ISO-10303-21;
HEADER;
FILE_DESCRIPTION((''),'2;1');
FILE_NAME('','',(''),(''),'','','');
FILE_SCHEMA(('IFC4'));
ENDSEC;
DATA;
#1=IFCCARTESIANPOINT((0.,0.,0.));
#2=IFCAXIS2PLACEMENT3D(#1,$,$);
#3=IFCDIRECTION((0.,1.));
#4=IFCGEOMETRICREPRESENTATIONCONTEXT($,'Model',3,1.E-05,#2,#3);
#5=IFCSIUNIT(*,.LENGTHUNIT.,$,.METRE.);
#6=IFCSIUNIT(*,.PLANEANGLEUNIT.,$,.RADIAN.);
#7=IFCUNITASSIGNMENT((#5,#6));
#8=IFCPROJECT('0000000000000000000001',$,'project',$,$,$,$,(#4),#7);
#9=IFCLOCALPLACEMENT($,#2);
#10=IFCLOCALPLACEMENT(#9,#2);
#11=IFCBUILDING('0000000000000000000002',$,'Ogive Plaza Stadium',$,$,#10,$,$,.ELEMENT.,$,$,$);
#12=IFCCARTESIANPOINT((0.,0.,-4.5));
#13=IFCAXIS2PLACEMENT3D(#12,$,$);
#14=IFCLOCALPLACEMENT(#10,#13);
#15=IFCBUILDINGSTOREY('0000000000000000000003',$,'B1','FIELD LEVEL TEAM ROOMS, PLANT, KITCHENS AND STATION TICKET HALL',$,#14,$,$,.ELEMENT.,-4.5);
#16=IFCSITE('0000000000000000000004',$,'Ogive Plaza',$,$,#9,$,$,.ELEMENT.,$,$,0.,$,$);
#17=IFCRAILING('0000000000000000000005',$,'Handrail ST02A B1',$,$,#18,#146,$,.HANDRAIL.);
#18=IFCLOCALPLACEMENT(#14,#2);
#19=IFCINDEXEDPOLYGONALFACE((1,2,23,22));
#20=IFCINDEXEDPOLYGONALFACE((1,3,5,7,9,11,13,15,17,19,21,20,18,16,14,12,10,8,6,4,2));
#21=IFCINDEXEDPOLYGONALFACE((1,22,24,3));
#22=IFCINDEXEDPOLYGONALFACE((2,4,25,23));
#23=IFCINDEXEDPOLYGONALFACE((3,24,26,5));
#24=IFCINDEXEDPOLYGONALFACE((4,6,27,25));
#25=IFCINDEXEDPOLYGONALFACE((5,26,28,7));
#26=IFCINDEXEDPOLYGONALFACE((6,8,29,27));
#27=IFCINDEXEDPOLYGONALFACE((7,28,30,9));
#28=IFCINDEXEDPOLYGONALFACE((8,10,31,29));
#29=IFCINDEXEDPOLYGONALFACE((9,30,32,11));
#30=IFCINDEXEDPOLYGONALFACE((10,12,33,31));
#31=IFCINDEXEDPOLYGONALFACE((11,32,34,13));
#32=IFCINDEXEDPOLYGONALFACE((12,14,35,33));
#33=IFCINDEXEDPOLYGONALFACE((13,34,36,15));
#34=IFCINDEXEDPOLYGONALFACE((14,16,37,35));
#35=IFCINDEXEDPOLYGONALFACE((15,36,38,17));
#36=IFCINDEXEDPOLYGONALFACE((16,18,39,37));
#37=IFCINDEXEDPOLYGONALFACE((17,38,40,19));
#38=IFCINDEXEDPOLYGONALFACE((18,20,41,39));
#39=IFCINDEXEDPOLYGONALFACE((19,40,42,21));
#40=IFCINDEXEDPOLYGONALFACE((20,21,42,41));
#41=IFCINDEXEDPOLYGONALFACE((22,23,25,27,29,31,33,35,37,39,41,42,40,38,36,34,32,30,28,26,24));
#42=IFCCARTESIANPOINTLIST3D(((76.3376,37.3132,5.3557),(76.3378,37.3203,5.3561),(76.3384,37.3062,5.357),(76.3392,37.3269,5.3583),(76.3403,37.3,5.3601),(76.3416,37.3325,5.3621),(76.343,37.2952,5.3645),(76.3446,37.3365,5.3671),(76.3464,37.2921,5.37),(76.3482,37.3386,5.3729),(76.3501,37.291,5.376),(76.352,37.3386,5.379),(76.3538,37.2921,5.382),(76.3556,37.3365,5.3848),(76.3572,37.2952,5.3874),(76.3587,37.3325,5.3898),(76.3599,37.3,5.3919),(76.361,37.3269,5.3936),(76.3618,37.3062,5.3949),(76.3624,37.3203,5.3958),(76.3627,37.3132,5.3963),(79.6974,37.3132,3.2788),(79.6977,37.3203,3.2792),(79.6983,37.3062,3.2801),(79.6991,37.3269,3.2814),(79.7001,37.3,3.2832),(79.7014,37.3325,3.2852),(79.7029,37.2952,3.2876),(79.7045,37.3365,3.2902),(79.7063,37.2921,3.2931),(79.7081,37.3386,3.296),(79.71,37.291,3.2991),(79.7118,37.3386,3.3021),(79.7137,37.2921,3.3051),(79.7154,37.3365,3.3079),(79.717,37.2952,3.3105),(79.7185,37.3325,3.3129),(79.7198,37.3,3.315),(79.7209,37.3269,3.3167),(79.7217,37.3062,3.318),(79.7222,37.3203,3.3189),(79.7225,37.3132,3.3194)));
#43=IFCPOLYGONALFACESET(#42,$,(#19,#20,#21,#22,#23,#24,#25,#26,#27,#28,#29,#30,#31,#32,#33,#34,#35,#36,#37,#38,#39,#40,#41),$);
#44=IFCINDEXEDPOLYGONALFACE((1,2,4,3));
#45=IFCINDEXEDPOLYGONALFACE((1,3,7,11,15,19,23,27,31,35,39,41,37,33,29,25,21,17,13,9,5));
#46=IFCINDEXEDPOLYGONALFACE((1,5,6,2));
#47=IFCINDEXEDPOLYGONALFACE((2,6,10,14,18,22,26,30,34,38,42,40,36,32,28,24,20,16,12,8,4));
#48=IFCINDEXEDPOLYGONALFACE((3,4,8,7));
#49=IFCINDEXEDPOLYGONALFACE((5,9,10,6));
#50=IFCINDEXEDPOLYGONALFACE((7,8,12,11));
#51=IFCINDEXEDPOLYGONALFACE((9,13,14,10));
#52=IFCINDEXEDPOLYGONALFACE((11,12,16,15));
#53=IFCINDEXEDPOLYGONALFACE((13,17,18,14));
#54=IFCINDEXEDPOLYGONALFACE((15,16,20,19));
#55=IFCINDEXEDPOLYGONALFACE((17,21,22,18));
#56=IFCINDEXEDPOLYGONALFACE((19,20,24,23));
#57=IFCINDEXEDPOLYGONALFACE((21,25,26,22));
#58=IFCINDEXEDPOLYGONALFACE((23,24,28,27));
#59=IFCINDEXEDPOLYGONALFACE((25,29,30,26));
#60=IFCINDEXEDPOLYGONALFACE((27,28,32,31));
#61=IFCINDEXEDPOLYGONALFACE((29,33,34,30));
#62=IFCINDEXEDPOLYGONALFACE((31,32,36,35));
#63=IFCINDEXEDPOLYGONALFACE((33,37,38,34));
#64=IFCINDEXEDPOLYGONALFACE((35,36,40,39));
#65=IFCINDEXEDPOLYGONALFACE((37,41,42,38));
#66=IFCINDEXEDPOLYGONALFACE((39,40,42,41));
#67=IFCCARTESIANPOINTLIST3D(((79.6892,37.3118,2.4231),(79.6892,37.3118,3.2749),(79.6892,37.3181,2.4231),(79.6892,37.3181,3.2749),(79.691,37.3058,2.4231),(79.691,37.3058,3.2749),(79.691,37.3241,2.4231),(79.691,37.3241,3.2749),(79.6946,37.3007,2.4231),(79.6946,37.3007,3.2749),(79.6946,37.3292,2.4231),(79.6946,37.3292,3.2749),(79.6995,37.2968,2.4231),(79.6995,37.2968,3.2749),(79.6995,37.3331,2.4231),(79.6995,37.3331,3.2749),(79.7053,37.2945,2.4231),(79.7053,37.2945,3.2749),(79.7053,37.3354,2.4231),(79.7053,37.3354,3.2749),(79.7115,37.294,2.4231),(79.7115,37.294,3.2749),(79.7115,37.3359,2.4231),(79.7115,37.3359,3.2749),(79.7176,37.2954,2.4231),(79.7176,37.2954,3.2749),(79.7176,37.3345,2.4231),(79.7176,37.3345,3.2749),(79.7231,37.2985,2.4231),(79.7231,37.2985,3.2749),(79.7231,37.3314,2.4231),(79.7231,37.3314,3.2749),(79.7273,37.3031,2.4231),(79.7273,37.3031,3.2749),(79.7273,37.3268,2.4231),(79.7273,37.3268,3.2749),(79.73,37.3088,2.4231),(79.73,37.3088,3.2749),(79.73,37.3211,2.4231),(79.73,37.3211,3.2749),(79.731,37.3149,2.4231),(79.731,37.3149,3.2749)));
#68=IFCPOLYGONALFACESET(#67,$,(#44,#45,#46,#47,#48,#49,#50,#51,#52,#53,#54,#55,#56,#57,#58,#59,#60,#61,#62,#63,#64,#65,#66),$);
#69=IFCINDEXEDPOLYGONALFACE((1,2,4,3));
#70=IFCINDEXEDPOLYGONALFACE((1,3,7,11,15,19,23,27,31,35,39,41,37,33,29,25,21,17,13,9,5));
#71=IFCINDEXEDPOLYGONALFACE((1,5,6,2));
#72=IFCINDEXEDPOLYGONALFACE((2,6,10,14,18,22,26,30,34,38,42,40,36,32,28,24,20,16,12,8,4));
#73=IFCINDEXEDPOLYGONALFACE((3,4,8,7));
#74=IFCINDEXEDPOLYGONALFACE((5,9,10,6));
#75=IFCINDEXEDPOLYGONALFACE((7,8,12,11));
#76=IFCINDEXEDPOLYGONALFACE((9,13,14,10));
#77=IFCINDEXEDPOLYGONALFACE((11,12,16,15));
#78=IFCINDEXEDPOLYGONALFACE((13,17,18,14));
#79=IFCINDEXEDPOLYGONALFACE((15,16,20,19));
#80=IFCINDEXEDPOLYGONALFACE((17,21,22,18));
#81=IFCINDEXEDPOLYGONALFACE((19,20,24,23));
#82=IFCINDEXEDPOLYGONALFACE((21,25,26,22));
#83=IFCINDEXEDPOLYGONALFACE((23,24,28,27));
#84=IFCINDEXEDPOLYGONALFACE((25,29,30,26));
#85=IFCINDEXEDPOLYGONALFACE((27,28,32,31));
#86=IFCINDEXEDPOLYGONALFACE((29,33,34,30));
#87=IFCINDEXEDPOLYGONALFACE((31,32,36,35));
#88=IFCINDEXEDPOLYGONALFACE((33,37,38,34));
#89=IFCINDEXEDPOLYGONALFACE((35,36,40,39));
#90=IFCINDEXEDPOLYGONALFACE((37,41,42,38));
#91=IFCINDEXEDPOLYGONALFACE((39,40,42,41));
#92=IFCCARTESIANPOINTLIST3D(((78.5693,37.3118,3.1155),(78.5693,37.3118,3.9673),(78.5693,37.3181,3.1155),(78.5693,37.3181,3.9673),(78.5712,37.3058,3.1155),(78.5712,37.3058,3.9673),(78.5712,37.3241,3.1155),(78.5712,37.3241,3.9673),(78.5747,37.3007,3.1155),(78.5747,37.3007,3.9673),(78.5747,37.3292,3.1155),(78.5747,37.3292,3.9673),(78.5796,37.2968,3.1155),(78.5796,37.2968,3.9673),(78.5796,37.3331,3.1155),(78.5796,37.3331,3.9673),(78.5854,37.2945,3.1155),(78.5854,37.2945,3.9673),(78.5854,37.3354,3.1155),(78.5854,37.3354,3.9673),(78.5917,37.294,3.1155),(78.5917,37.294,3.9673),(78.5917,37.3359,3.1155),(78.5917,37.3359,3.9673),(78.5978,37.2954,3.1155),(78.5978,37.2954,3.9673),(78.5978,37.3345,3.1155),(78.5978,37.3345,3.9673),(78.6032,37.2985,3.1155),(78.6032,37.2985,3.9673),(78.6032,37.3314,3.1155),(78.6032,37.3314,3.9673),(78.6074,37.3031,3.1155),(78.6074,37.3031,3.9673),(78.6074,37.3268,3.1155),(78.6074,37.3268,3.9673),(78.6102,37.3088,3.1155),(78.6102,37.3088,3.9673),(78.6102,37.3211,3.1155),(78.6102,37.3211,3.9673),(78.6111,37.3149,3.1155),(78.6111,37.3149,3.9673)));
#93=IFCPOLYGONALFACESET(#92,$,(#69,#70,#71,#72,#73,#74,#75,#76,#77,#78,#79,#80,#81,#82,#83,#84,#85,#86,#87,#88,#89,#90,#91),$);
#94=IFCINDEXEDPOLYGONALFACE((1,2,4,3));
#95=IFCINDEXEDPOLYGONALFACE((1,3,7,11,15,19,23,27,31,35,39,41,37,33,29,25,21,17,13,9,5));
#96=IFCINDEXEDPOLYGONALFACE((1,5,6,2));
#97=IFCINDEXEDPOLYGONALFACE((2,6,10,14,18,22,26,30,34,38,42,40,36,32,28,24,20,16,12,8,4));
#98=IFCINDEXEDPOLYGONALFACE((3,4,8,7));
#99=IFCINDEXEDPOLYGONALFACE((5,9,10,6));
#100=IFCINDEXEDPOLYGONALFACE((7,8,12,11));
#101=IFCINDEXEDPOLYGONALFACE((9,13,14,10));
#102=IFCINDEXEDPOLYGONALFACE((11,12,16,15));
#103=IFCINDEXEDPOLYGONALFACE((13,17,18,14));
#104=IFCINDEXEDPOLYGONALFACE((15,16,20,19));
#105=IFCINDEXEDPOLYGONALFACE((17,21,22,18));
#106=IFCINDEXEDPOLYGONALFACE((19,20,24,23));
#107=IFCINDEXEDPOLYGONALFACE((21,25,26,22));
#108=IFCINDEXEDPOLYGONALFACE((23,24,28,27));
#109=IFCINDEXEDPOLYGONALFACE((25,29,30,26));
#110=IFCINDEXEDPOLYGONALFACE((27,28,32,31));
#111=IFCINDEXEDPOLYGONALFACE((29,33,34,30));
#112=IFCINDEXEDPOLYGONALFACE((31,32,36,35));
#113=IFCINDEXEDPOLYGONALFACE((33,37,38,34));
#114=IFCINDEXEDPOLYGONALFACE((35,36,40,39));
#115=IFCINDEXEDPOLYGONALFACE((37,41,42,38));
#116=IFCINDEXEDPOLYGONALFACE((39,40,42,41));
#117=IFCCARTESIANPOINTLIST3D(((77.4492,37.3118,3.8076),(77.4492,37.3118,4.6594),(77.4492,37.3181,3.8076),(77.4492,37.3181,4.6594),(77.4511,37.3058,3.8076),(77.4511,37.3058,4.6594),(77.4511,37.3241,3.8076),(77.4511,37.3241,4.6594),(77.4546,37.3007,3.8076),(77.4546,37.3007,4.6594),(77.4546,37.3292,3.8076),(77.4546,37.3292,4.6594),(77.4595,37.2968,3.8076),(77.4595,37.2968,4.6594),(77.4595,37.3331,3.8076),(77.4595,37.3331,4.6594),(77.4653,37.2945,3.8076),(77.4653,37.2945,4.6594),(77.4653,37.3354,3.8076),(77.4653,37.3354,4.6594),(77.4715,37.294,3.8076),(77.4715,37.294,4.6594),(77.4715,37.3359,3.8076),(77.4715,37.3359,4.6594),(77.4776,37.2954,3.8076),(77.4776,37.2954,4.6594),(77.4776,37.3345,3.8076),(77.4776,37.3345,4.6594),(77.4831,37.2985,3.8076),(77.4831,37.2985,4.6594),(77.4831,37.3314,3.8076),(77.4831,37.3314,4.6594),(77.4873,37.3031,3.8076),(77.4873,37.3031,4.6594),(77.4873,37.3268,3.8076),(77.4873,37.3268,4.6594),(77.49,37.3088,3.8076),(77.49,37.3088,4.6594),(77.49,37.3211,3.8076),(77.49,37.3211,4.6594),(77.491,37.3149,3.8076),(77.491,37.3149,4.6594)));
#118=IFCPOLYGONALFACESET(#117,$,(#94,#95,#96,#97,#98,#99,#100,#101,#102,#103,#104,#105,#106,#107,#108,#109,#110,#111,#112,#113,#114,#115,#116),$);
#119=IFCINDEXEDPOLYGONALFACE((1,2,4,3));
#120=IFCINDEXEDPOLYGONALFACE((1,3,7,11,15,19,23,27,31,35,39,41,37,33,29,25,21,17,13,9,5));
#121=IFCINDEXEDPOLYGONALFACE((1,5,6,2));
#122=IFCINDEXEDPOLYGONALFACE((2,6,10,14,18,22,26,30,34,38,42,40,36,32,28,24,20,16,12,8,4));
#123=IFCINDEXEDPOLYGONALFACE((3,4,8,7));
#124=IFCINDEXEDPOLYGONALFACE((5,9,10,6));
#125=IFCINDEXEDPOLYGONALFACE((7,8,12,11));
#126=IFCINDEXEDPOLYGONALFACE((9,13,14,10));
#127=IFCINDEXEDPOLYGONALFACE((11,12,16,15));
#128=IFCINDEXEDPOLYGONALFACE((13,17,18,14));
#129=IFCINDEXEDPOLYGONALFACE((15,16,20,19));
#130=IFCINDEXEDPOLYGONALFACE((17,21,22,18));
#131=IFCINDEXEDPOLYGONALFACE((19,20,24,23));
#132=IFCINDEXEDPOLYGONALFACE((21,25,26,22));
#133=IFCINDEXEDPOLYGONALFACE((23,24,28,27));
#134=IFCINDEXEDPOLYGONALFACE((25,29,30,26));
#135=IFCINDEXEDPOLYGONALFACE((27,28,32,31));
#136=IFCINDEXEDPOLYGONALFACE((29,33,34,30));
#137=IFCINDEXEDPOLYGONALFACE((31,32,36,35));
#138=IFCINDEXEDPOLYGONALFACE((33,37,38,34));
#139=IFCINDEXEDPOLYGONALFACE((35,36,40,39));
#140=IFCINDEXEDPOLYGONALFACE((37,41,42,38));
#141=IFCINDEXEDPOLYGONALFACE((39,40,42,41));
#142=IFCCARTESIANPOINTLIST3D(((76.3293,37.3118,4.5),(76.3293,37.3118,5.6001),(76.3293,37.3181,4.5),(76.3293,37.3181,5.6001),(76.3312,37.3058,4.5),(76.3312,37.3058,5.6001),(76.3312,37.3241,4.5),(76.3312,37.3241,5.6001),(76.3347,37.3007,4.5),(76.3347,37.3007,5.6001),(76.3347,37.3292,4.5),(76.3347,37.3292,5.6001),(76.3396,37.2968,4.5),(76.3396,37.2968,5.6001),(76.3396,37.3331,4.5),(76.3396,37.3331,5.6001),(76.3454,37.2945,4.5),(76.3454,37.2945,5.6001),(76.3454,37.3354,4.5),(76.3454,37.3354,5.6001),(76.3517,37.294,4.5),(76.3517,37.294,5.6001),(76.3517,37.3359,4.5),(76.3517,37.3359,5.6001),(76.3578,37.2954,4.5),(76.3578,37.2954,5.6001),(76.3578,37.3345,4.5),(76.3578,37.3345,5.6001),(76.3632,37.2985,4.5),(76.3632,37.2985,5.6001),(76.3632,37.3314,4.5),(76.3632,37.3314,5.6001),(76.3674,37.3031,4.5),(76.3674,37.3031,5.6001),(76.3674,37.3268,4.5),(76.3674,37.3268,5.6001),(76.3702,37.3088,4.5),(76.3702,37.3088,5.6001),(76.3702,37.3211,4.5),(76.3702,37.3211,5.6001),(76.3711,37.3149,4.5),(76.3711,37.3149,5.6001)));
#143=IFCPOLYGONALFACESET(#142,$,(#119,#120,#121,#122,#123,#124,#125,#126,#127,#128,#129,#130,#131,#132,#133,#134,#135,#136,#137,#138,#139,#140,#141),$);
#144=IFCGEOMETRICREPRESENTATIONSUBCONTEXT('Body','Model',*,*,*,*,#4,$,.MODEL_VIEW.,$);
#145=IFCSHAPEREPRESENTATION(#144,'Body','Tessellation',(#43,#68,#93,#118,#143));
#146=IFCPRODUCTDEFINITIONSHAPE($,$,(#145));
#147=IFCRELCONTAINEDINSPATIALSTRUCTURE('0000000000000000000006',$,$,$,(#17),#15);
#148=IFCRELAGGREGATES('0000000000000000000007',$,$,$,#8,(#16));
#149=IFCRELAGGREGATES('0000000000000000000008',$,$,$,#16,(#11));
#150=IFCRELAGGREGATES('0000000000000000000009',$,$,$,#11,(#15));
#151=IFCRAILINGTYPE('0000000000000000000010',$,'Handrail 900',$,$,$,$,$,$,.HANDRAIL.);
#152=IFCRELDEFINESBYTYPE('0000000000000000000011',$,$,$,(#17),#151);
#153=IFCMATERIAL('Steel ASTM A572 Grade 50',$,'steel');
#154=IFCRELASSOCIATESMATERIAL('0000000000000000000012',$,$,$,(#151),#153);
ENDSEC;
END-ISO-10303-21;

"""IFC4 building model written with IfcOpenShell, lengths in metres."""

from ifc_helpers import new_model, si_unit, direction, frame, origin, origin_2d, place, context, subcontext, project, spatial, circle, extrude, material, type_object, element, save


model = new_model("IFC4")

# Units and contexts
model_context = context("Model", 3, precision=1e-05, world=origin(), true_north=direction((0.0, 1.0)))
body_context = subcontext(model_context, "Body", "Model", "MODEL_VIEW")
ifc_project = project(units=[si_unit("LENGTHUNIT", "METRE"), si_unit("PLANEANGLEUNIT", "RADIAN")], contexts=[model_context])

# Site, building, storey
site_placement = place(None, origin())
site = spatial("IfcSite", under=ifc_project, at=site_placement, Name="Ogive Plaza", CompositionType="ELEMENT", RefElevation=0.0)
building_placement = place(site_placement, origin())
building = spatial("IfcBuilding", under=site, at=building_placement, Name="Ogive Plaza Stadium", CompositionType="ELEMENT")
storey_placement = place(building_placement, frame((0.0, 0.0, -4.5)))
storey = spatial("IfcBuildingStorey", under=building, at=storey_placement, Name="B1", Description="FIELD LEVEL TEAM ROOMS, PLANT, KITCHENS AND STATION TICKET HALL", CompositionType="ELEMENT", Elevation=-4.5)

# Railing
ifc_material_1 = material(Name="Steel ASTM A572 Grade 50", Category="steel")
railing_type_1 = type_object("IfcRailingType", Name="Handrail 900", PredefinedType="HANDRAIL", material=ifc_material_1)
for number, where, name in (
    (1, (79.71, 37.3149, 2.4231), "Handrail ST02A B1"),
):
    element("IfcRailing", number, at=place(storey_placement, frame(where)), inside=storey, type_object=railing_type_1, Name=name, PredefinedType="HANDRAIL", context=body_context, shape_type="SweptSolid", body=[
        extrude(circle(Radius=0.0239, at=origin_2d()), frame((0.0, 0.0, 0.876), z_axis=(-0.850606, 0.0, 0.525803), x_axis=(0.0, -1.0, 0.0)), (0.0, 0.0, 1.0), 3.95),
        extrude(circle(Radius=0.021, at=origin_2d()), origin(), (0.0, 0.0, 1.0), 0.8518),
        extrude(circle(Radius=0.021, at=origin_2d()), frame((-1.1199, 0.0, 0.6924)), (0.0, 0.0, 1.0), 0.8518),
        extrude(circle(Radius=0.021, at=origin_2d()), frame((-2.24, 0.0, 1.3845)), (0.0, 0.0, 1.0), 0.8518),
        extrude(circle(Radius=0.021, at=origin_2d()), frame((-3.3599, 0.0, 2.0769)), (0.0, 0.0, 1.0), 1.1001),
    ])

save(model, "model.ifc")
